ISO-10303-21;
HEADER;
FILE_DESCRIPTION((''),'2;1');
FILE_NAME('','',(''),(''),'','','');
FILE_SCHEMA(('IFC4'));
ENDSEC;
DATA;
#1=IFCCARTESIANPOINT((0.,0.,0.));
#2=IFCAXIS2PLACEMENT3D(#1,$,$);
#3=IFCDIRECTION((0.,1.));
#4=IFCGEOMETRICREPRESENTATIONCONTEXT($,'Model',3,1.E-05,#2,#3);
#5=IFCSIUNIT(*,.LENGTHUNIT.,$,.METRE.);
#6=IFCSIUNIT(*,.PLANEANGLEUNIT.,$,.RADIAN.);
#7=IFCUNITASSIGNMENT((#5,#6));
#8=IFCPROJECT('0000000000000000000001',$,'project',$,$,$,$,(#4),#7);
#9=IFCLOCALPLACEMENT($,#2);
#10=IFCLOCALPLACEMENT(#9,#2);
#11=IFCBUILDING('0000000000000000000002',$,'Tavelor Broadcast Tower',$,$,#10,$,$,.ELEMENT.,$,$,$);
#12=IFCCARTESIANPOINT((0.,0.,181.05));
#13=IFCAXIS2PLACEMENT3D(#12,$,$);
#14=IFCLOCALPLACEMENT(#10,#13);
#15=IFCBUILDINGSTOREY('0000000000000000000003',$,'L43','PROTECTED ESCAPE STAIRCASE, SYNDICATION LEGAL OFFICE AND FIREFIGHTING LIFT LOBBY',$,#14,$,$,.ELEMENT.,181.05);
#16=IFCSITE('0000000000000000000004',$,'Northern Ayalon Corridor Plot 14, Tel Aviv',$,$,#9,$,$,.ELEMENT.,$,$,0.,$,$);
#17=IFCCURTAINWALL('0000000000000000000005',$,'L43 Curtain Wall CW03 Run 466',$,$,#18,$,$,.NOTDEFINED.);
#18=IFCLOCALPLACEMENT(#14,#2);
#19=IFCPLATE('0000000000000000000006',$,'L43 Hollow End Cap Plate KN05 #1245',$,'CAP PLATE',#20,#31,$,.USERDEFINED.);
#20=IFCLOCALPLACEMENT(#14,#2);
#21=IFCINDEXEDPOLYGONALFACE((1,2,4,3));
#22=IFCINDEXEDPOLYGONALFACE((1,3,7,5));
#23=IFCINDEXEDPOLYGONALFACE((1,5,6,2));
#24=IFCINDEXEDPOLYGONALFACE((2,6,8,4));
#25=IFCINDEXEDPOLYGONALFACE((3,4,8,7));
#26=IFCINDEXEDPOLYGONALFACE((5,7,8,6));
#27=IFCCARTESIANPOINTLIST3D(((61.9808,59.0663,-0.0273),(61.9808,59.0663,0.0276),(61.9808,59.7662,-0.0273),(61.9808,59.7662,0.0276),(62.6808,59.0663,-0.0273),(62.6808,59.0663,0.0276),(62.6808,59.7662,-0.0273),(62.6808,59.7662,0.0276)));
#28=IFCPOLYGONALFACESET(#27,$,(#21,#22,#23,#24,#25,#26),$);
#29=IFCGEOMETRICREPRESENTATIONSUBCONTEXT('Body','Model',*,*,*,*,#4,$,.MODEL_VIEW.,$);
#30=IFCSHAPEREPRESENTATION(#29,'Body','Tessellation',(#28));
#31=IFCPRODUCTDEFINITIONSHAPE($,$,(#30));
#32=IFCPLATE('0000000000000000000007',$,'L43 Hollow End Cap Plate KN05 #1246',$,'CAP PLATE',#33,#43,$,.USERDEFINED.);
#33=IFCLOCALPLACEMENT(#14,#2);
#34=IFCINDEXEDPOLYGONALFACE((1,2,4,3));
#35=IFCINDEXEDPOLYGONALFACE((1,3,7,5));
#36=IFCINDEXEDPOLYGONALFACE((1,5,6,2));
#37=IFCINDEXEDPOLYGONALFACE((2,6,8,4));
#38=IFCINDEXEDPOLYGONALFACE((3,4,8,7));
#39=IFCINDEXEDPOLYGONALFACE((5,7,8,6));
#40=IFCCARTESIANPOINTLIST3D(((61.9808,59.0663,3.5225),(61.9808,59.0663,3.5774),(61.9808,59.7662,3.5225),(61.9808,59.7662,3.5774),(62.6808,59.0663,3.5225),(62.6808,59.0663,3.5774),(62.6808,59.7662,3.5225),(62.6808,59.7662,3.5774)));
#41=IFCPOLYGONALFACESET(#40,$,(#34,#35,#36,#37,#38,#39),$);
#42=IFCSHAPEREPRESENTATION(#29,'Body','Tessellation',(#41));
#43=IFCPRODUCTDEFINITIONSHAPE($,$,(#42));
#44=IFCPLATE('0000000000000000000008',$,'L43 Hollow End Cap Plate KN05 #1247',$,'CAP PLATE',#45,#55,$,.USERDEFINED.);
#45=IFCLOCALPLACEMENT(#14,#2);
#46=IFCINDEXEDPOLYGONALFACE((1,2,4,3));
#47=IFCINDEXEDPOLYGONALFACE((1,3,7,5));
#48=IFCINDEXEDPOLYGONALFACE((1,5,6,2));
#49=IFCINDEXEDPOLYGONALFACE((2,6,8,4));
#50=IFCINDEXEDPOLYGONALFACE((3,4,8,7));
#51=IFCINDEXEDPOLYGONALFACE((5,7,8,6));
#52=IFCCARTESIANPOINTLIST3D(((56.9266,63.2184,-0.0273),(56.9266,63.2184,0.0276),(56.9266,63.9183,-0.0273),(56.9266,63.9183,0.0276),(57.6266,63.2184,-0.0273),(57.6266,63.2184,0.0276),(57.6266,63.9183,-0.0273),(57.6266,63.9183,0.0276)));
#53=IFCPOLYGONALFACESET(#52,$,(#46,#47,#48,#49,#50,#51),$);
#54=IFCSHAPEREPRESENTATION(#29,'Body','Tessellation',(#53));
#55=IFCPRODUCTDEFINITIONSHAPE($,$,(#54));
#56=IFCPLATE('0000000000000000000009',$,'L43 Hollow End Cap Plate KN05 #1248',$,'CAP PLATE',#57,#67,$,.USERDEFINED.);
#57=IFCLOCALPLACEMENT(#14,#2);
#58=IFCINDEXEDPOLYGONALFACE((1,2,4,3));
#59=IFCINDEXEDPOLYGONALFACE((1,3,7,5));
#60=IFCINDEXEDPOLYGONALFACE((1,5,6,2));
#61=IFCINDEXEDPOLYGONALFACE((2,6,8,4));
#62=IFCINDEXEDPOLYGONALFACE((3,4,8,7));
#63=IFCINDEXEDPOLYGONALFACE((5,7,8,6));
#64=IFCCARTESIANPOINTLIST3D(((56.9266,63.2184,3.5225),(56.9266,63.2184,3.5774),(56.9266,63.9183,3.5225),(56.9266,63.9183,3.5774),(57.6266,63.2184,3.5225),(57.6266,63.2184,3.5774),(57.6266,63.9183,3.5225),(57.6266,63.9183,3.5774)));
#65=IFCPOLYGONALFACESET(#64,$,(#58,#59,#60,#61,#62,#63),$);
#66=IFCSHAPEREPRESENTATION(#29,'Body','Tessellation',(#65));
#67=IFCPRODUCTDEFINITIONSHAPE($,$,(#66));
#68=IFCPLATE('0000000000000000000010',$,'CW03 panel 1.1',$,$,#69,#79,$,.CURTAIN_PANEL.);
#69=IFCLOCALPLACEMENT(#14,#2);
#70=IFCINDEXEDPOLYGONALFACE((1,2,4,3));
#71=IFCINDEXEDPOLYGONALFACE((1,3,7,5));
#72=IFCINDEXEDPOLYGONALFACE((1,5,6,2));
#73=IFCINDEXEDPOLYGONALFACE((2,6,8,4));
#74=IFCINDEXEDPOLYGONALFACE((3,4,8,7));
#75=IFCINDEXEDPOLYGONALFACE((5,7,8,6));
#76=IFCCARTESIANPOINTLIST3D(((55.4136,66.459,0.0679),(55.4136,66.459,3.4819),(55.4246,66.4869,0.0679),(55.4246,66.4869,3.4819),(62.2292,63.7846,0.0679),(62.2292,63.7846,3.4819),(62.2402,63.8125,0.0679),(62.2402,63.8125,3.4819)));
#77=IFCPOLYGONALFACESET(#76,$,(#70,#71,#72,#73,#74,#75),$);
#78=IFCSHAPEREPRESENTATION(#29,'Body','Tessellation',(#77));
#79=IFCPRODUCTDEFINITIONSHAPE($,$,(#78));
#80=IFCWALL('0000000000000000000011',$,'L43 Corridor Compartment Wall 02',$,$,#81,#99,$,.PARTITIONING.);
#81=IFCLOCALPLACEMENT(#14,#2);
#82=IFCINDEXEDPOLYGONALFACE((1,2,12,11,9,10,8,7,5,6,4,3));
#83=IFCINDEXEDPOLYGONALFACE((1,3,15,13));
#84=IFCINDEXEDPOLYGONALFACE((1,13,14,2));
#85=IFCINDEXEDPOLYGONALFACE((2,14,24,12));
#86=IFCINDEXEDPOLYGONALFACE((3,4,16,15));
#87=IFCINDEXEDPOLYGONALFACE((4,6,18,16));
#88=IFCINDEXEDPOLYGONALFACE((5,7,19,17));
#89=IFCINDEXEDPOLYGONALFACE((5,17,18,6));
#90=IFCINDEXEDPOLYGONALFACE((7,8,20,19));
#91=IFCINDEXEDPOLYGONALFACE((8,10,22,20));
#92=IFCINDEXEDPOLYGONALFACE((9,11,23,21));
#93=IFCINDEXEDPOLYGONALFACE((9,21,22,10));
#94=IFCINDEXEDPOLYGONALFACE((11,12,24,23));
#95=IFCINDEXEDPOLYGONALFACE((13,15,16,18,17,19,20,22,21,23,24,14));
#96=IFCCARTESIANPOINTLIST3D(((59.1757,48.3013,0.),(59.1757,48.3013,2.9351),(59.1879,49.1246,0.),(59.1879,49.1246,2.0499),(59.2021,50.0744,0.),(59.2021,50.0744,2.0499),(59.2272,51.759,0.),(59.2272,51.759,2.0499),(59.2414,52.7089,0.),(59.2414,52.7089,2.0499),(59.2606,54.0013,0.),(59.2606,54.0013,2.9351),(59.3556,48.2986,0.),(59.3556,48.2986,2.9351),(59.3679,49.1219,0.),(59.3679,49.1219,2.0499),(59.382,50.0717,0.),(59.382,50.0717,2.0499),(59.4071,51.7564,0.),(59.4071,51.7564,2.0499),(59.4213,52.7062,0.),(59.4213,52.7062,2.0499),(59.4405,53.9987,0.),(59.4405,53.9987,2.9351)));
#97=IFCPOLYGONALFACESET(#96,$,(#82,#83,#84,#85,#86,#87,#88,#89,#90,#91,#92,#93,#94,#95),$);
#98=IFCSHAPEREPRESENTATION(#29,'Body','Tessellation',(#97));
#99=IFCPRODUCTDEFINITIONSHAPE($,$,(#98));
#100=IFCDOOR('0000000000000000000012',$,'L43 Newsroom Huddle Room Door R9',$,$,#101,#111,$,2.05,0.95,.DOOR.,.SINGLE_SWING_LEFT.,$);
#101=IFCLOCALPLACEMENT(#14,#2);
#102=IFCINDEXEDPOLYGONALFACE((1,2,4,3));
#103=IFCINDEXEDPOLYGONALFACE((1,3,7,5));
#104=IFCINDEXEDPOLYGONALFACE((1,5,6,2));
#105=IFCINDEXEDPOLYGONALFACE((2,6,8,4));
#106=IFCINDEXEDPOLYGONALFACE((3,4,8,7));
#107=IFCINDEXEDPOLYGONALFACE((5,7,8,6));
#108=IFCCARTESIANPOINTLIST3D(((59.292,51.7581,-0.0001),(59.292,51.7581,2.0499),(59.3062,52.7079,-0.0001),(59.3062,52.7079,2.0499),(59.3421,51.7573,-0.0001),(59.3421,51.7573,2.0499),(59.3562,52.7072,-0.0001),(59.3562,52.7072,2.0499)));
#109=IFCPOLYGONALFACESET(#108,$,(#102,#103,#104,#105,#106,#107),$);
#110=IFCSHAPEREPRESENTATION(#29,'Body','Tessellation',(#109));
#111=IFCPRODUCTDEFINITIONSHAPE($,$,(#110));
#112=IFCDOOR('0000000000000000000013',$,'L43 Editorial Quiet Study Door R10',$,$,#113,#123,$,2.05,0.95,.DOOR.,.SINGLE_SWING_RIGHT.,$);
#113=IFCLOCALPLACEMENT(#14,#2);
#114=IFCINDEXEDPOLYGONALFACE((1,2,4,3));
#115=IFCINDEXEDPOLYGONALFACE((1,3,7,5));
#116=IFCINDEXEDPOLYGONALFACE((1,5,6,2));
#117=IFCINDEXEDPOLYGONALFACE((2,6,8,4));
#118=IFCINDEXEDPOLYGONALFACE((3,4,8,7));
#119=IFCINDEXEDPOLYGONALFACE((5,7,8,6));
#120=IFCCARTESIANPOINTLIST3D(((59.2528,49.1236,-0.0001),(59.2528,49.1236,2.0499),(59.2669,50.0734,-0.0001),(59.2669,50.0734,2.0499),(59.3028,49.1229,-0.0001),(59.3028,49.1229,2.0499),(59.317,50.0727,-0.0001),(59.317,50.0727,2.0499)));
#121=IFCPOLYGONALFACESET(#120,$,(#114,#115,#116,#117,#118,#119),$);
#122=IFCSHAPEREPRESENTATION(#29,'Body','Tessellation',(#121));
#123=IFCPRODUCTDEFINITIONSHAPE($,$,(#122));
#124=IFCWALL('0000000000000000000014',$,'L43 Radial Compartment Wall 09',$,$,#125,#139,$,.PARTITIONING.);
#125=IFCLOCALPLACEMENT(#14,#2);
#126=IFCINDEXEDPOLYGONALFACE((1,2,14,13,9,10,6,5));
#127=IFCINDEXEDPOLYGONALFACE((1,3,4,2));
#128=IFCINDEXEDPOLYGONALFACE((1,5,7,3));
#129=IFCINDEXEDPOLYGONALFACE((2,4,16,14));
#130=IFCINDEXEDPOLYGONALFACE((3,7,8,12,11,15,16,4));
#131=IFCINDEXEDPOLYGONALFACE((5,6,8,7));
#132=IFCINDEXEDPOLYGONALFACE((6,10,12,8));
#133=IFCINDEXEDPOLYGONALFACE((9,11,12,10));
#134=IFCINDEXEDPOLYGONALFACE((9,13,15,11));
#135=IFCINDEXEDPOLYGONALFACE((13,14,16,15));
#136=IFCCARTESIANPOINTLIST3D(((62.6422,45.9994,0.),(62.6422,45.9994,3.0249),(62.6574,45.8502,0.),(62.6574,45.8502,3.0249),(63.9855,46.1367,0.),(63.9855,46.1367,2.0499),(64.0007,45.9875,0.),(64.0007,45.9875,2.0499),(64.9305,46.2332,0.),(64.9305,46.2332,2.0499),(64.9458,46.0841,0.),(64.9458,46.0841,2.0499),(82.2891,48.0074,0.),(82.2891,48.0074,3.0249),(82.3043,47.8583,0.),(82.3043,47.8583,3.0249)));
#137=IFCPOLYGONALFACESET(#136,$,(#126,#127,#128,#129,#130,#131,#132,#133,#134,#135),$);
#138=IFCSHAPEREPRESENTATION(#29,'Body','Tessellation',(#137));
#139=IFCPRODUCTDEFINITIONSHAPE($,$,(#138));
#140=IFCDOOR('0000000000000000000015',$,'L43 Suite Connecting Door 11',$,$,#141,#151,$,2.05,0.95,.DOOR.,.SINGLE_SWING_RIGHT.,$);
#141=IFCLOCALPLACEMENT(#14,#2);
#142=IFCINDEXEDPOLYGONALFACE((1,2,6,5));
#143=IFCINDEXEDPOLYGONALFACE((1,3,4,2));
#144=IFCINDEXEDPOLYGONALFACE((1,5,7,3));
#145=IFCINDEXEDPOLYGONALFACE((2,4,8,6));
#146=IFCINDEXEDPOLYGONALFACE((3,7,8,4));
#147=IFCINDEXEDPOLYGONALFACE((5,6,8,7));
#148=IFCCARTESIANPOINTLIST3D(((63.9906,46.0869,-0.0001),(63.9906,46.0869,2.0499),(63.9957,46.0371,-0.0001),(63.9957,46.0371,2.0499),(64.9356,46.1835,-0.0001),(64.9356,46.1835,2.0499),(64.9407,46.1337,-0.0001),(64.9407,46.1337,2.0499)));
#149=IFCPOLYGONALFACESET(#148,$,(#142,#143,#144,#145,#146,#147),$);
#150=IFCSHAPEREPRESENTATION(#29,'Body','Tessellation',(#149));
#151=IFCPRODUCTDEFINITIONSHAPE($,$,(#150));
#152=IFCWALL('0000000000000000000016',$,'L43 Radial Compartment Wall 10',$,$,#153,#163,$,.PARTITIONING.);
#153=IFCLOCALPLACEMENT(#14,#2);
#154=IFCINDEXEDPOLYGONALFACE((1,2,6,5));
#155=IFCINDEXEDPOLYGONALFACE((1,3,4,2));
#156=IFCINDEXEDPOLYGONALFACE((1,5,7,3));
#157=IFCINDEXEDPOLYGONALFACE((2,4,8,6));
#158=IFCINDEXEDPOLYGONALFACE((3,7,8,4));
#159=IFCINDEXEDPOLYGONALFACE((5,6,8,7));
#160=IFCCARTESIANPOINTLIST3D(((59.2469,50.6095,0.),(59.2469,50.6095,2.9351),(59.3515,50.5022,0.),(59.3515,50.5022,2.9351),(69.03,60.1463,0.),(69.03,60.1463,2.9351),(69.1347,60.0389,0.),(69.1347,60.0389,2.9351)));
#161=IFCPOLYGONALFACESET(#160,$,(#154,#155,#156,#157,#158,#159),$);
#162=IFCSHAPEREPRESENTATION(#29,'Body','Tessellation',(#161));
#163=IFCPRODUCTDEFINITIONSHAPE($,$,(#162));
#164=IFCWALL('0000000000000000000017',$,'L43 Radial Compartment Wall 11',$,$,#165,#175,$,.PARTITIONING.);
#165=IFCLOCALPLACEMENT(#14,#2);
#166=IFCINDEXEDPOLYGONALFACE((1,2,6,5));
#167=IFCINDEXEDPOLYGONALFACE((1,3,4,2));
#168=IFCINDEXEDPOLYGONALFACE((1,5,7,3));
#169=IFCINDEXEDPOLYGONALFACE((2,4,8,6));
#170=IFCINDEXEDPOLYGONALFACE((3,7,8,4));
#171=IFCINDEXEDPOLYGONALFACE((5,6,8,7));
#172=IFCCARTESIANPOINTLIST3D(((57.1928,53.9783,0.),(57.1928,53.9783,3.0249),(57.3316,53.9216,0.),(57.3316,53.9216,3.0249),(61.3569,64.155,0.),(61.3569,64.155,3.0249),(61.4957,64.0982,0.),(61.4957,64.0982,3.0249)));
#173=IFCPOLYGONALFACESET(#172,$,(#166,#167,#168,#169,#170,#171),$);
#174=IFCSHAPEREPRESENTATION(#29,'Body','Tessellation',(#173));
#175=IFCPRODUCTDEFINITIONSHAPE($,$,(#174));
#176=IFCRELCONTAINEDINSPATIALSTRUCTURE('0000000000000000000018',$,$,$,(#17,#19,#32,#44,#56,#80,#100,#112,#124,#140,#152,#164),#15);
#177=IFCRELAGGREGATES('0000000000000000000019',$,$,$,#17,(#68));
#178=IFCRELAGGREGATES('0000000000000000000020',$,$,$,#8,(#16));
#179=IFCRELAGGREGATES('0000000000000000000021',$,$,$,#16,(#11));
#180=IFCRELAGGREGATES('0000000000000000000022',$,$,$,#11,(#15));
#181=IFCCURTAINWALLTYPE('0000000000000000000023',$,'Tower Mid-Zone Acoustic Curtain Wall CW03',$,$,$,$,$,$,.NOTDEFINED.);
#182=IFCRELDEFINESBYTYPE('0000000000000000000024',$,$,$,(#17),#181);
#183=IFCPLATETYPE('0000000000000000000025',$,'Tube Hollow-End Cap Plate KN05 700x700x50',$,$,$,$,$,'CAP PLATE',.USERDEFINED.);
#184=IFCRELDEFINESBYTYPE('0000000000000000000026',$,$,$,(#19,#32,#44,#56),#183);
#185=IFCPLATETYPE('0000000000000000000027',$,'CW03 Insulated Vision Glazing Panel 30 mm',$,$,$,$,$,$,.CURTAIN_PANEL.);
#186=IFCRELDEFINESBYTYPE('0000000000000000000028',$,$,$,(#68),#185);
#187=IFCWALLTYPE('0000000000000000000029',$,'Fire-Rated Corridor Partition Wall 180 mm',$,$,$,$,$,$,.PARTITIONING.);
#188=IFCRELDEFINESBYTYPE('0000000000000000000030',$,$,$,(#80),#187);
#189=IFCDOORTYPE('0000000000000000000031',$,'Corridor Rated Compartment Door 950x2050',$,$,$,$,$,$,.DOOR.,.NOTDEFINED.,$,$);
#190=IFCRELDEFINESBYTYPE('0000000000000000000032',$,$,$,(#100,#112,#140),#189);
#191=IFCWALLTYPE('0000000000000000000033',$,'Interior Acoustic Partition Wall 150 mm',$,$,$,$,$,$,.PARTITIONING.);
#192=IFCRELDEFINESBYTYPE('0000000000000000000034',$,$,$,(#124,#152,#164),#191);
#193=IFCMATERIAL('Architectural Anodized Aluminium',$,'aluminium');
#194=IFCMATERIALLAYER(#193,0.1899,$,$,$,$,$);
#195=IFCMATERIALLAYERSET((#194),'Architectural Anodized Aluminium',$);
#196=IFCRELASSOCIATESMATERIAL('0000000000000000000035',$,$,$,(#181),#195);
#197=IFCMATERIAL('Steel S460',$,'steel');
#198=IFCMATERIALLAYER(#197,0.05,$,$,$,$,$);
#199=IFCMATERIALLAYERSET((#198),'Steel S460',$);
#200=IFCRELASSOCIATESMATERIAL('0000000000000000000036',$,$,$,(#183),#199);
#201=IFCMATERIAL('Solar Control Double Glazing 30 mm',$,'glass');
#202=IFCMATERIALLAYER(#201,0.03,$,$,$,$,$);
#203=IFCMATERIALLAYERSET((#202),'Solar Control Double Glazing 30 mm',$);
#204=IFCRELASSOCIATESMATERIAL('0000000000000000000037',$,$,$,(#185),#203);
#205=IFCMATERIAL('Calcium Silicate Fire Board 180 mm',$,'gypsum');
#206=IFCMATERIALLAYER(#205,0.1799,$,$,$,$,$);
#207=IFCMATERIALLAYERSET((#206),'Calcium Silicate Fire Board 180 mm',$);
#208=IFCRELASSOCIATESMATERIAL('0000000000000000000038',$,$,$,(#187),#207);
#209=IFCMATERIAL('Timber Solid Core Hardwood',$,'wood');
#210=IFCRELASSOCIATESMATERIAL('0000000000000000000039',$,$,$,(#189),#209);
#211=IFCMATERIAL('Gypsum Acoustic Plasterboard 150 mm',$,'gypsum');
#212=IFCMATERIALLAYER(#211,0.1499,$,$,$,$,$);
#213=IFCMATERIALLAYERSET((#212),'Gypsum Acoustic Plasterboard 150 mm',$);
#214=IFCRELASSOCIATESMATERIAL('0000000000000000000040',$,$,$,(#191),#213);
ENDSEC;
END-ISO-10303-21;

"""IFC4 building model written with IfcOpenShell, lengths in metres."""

from ifc_helpers import new_model, si_unit, direction, frame, frame_2d, origin, origin_2d, place, context, subcontext, project, spatial, rectangle, extrude, source, transform, mapped, material, layer, layer_set, type_object, type_shapes, element, fill, aggregate, save


model = new_model("IFC4")

# Units and contexts
model_context = context("Model", 3, precision=1e-05, world=origin(), true_north=direction((0.0, 1.0)))
body_context = subcontext(model_context, "Body", "Model", "MODEL_VIEW")
ifc_project = project(units=[si_unit("LENGTHUNIT", "METRE"), si_unit("PLANEANGLEUNIT", "RADIAN")], contexts=[model_context])

# Site, building, storey
site_placement = place(None, origin())
site = spatial("IfcSite", under=ifc_project, at=site_placement, Name="Northern Ayalon Corridor Plot 14, Tel Aviv", CompositionType="ELEMENT", RefElevation=0.0)
building_placement = place(site_placement, origin())
building = spatial("IfcBuilding", under=site, at=building_placement, Name="Tavelor Broadcast Tower", CompositionType="ELEMENT")
storey_placement = place(building_placement, frame((0.0, 0.0, 181.05)))
storey = spatial("IfcBuildingStorey", under=building, at=storey_placement, Name="L43", Description="PROTECTED ESCAPE STAIRCASE, SYNDICATION LEGAL OFFICE AND FIREFIGHTING LIFT LOBBY", CompositionType="ELEMENT", Elevation=181.05)

# Shared definitions
ifc_material_1 = material(Name="Steel S460", Category="steel")

# Shared definitions
ifc_material_2 = material(Name="Architectural Anodized Aluminium", Category="aluminium")
ifc_layer_1 = layer(ifc_material_2, 0.1899)
ifc_layer_set_1 = layer_set([ifc_layer_1], Name="Architectural Anodized Aluminium")
curtain_wall_type = type_object("IfcCurtainWallType", Name="Tower Mid-Zone Acoustic Curtain Wall CW03", PredefinedType="NOTDEFINED", material=ifc_layer_set_1)

# Curtain wall
curtain_wall_1_placement = place(storey_placement, origin())
curtain_wall_1 = element("IfcCurtainWall", 1, at=curtain_wall_1_placement, inside=storey, type_object=curtain_wall_type, Name="L43 Curtain Wall CW03 Run 466", PredefinedType="NOTDEFINED")

# Plates
ifc_layer_2 = layer(ifc_material_1, 0.05)
ifc_layer_set_2 = layer_set([ifc_layer_2], Name="Steel S460")
plate_type_1 = type_object("IfcPlateType", Name="Tube Hollow-End Cap Plate KN05 700x700x50", ElementType="CAP PLATE", PredefinedType="USERDEFINED", material=ifc_layer_set_2)
shared_shape_1 = source(origin(), body_context, "Body", "SweptSolid", [
    extrude(rectangle(XDim=0.7, YDim=0.7, at=origin_2d()), origin(), (0.0, 0.0, 1.0), 0.0549),
])
type_shapes(plate_type_1, [shared_shape_1])
for number, where, z_axis, x_axis, name in (
    (2, (62.3308, 59.4163, -0.0273), (0.0, 0.0, 1.0), (1.0, 0.0, 0.0), "L43 Hollow End Cap Plate KN05 #1245"),
    (3, (62.3308, 59.4163, 3.5225), (0.0, 0.0, 1.0), (1.0, 0.0, 0.0), "L43 Hollow End Cap Plate KN05 #1246"),
    (4, (57.2766, 63.5684, -0.0273), (0.0, 0.0, 1.0), (1.0, 0.0, 0.0), "L43 Hollow End Cap Plate KN05 #1247"),
    (5, (57.2766, 63.5684, 3.5225), (0.0, 0.0, 1.0), (1.0, 0.0, 0.0), "L43 Hollow End Cap Plate KN05 #1248"),
):
    element("IfcPlate", number, at=place(storey_placement, frame(where, z_axis=z_axis, x_axis=x_axis)), inside=storey, type_object=plate_type_1, Name=name, ObjectType="CAP PLATE", PredefinedType="USERDEFINED", context=body_context, shape_type="MappedRepresentation", body=[
        mapped(shared_shape_1, transform((0.0, 0.0, 0.0), scale=1.0)),
    ])

# Plate
ifc_material_3 = material(Name="Solar Control Double Glazing 30 mm", Category="glass")
ifc_layer_3 = layer(ifc_material_3, 0.03)
ifc_layer_set_3 = layer_set([ifc_layer_3], Name="Solar Control Double Glazing 30 mm")
plate_type_2 = type_object("IfcPlateType", Name="CW03 Insulated Vision Glazing Panel 30 mm", PredefinedType="CURTAIN_PANEL", material=ifc_layer_set_3)
shared_shape_2 = source(origin(), body_context, "Body", "SweptSolid", [
    extrude(rectangle(XDim=7.3215, YDim=0.03, at=origin_2d()), origin(), (0.0, 0.0, 1.0), 3.4141),
])
type_shapes(plate_type_2, [shared_shape_2])
plate_placement = place(storey_placement, frame((58.8269, 65.1357, 0.0679), z_axis=(0.0, 0.0, 1.0), x_axis=(-0.930899, 0.365277, 0.0)))
plate = element("IfcPlate", 6, at=plate_placement, type_object=plate_type_2, Name="CW03 panel 1.1", PredefinedType="CURTAIN_PANEL", context=body_context, shape_type="MappedRepresentation", body=[
    mapped(shared_shape_2, transform((0.0, 0.0, 0.0), scale=1.0)),
])
aggregate(curtain_wall_1, [plate])

# Wall, openings, doors
ifc_material_4 = material(Name="Calcium Silicate Fire Board 180 mm", Category="gypsum")
ifc_layer_4 = layer(ifc_material_4, 0.1799)
ifc_layer_set_4 = layer_set([ifc_layer_4], Name="Calcium Silicate Fire Board 180 mm")
wall_type_1 = type_object("IfcWallType", Name="Fire-Rated Corridor Partition Wall 180 mm", PredefinedType="PARTITIONING", material=ifc_layer_set_4)
wall_1_placement = place(storey_placement, frame((59.3506, 54.0, 0.0), z_axis=(0.0, 0.0, 1.0), x_axis=(-0.014904, -0.999889, 0.0)))
wall_1 = element("IfcWall", 7, at=wall_1_placement, inside=storey, type_object=wall_type_1, Name="L43 Corridor Compartment Wall 02", PredefinedType="PARTITIONING", context=body_context, shape_type="SweptSolid", body=[
    extrude(rectangle(XDim=5.7007, YDim=0.1799, at=frame_2d((2.8503, 0.0))), origin(), (0.0, 0.0, 1.0), 2.9351),
])
opening_1_placement = place(wall_1_placement, frame((1.2925, 0.0, 0.0)))
opening_1 = element("IfcOpeningElement", 8, at=opening_1_placement, cuts=wall_1, PredefinedType="OPENING", context=body_context, shape_type="SweptSolid", body=[
    extrude(rectangle(XDim=0.95, YDim=2.05, at=frame_2d((0.4751, 1.0249))), frame((0.0, 0.1001, 0.0), z_axis=(0.0, -1.0, 0.0), x_axis=(1.0, 0.0, 0.0)), (0.0, 0.0, 1.0), 0.2),
])
opening_2_placement = place(wall_1_placement, frame((3.9272, 0.0, 0.0)))
opening_2 = element("IfcOpeningElement", 9, at=opening_2_placement, cuts=wall_1, PredefinedType="OPENING", context=body_context, shape_type="SweptSolid", body=[
    extrude(rectangle(XDim=0.95, YDim=2.05, at=frame_2d((0.4751, 1.0249))), frame((0.0, 0.1001, 0.0), z_axis=(0.0, -1.0, 0.0), x_axis=(1.0, 0.0, 0.0)), (0.0, 0.0, 1.0), 0.2),
])
ifc_material_5 = material(Name="Timber Solid Core Hardwood", Category="wood")
door_type_1 = type_object("IfcDoorType", Name="Corridor Rated Compartment Door 950x2050", OperationType="NOTDEFINED", PredefinedType="DOOR", material=ifc_material_5)
door_1_placement = place(opening_1_placement, origin())
door_1 = element("IfcDoor", 10, at=door_1_placement, inside=storey, type_object=door_type_1, Name="L43 Newsroom Huddle Room Door R9", OperationType="SINGLE_SWING_LEFT", OverallHeight=2.05, OverallWidth=0.95, PredefinedType="DOOR", context=body_context, shape_type="SweptSolid", body=[
    extrude(rectangle(XDim=0.95, YDim=2.05, at=frame_2d((0.4751, 1.0249))), frame((0.0, 0.0249, 0.0), z_axis=(0.0, -1.0, 0.0), x_axis=(1.0, 0.0, 0.0)), (0.0, 0.0, 1.0), 0.05),
])
fill(opening_1, door_1)
door_2_placement = place(opening_2_placement, origin())
door_2 = element("IfcDoor", 11, at=door_2_placement, inside=storey, type_object=door_type_1, Name="L43 Editorial Quiet Study Door R10", OperationType="SINGLE_SWING_RIGHT", OverallHeight=2.05, OverallWidth=0.95, PredefinedType="DOOR", context=body_context, shape_type="SweptSolid", body=[
    extrude(rectangle(XDim=0.95, YDim=2.05, at=frame_2d((0.4751, 1.0249))), frame((0.0, 0.0249, 0.0), z_axis=(0.0, -1.0, 0.0), x_axis=(1.0, 0.0, 0.0)), (0.0, 0.0, 1.0), 0.05),
])
fill(opening_2, door_2)

# Wall, opening, door
ifc_material_6 = material(Name="Gypsum Acoustic Plasterboard 150 mm", Category="gypsum")
ifc_layer_5 = layer(ifc_material_6, 0.1499)
ifc_layer_set_5 = layer_set([ifc_layer_5], Name="Gypsum Acoustic Plasterboard 150 mm")
wall_type_2 = type_object("IfcWallType", Name="Interior Acoustic Partition Wall 150 mm", PredefinedType="PARTITIONING", material=ifc_layer_set_5)
wall_2_placement = place(storey_placement, frame((62.6499, 45.9248, 0.0), z_axis=(0.0, 0.0, 1.0), x_axis=(0.994817, 0.101677, 0.0)))
wall_2 = element("IfcWall", 12, at=wall_2_placement, inside=storey, type_object=wall_type_2, Name="L43 Radial Compartment Wall 09", PredefinedType="PARTITIONING", context=body_context, shape_type="SweptSolid", body=[
    extrude(rectangle(XDim=19.7493, YDim=0.1499, at=frame_2d((9.8745, 0.0))), origin(), (0.0, 0.0, 1.0), 3.0249),
])
opening_3_placement = place(wall_2_placement, frame((1.3501, 0.0, 0.0)))
opening_3 = element("IfcOpeningElement", 13, at=opening_3_placement, cuts=wall_2, PredefinedType="OPENING", context=body_context, shape_type="SweptSolid", body=[
    extrude(rectangle(XDim=0.95, YDim=2.05, at=frame_2d((0.4751, 1.0249))), frame((0.0, 0.085, 0.0), z_axis=(0.0, -1.0, 0.0), x_axis=(1.0, 0.0, 0.0)), (0.0, 0.0, 1.0), 0.1699),
])
door_3_placement = place(opening_3_placement, origin())
door_3 = element("IfcDoor", 14, at=door_3_placement, inside=storey, type_object=door_type_1, Name="L43 Suite Connecting Door 11", OperationType="SINGLE_SWING_RIGHT", OverallHeight=2.05, OverallWidth=0.95, PredefinedType="DOOR", context=body_context, shape_type="SweptSolid", body=[
    extrude(rectangle(XDim=0.95, YDim=2.05, at=frame_2d((0.4751, 1.0249))), frame((0.0, 0.0249, 0.0), z_axis=(0.0, -1.0, 0.0), x_axis=(1.0, 0.0, 0.0)), (0.0, 0.0, 1.0), 0.05),
])
fill(opening_3, door_3)

# Walls
wall_3_placement = place(storey_placement, frame((59.2993, 50.5559, 0.0), z_axis=(0.0, 0.0, 1.0), x_axis=(0.716064, 0.698034, 0.0)))
element("IfcWall", 15, at=wall_3_placement, inside=storey, type_object=wall_type_2, Name="L43 Radial Compartment Wall 10", PredefinedType="PARTITIONING", context=body_context, shape_type="SweptSolid", body=[
    extrude(rectangle(XDim=13.6624, YDim=0.1499, at=frame_2d((6.8311, 0.0))), origin(), (0.0, 0.0, 1.0), 2.9351),
])
wall_4_placement = place(storey_placement, frame((57.2622, 53.95, 0.0), z_axis=(0.0, 0.0, 1.0), x_axis=(0.378706, 0.925517, 0.0)))
element("IfcWall", 16, at=wall_4_placement, inside=storey, type_object=wall_type_2, Name="L43 Radial Compartment Wall 11", PredefinedType="PARTITIONING", context=body_context, shape_type="SweptSolid", body=[
    extrude(rectangle(XDim=10.9956, YDim=0.1499, at=frame_2d((5.4978, 0.0))), origin(), (0.0, 0.0, 1.0), 3.0249),
])

save(model, "model.ifc")
